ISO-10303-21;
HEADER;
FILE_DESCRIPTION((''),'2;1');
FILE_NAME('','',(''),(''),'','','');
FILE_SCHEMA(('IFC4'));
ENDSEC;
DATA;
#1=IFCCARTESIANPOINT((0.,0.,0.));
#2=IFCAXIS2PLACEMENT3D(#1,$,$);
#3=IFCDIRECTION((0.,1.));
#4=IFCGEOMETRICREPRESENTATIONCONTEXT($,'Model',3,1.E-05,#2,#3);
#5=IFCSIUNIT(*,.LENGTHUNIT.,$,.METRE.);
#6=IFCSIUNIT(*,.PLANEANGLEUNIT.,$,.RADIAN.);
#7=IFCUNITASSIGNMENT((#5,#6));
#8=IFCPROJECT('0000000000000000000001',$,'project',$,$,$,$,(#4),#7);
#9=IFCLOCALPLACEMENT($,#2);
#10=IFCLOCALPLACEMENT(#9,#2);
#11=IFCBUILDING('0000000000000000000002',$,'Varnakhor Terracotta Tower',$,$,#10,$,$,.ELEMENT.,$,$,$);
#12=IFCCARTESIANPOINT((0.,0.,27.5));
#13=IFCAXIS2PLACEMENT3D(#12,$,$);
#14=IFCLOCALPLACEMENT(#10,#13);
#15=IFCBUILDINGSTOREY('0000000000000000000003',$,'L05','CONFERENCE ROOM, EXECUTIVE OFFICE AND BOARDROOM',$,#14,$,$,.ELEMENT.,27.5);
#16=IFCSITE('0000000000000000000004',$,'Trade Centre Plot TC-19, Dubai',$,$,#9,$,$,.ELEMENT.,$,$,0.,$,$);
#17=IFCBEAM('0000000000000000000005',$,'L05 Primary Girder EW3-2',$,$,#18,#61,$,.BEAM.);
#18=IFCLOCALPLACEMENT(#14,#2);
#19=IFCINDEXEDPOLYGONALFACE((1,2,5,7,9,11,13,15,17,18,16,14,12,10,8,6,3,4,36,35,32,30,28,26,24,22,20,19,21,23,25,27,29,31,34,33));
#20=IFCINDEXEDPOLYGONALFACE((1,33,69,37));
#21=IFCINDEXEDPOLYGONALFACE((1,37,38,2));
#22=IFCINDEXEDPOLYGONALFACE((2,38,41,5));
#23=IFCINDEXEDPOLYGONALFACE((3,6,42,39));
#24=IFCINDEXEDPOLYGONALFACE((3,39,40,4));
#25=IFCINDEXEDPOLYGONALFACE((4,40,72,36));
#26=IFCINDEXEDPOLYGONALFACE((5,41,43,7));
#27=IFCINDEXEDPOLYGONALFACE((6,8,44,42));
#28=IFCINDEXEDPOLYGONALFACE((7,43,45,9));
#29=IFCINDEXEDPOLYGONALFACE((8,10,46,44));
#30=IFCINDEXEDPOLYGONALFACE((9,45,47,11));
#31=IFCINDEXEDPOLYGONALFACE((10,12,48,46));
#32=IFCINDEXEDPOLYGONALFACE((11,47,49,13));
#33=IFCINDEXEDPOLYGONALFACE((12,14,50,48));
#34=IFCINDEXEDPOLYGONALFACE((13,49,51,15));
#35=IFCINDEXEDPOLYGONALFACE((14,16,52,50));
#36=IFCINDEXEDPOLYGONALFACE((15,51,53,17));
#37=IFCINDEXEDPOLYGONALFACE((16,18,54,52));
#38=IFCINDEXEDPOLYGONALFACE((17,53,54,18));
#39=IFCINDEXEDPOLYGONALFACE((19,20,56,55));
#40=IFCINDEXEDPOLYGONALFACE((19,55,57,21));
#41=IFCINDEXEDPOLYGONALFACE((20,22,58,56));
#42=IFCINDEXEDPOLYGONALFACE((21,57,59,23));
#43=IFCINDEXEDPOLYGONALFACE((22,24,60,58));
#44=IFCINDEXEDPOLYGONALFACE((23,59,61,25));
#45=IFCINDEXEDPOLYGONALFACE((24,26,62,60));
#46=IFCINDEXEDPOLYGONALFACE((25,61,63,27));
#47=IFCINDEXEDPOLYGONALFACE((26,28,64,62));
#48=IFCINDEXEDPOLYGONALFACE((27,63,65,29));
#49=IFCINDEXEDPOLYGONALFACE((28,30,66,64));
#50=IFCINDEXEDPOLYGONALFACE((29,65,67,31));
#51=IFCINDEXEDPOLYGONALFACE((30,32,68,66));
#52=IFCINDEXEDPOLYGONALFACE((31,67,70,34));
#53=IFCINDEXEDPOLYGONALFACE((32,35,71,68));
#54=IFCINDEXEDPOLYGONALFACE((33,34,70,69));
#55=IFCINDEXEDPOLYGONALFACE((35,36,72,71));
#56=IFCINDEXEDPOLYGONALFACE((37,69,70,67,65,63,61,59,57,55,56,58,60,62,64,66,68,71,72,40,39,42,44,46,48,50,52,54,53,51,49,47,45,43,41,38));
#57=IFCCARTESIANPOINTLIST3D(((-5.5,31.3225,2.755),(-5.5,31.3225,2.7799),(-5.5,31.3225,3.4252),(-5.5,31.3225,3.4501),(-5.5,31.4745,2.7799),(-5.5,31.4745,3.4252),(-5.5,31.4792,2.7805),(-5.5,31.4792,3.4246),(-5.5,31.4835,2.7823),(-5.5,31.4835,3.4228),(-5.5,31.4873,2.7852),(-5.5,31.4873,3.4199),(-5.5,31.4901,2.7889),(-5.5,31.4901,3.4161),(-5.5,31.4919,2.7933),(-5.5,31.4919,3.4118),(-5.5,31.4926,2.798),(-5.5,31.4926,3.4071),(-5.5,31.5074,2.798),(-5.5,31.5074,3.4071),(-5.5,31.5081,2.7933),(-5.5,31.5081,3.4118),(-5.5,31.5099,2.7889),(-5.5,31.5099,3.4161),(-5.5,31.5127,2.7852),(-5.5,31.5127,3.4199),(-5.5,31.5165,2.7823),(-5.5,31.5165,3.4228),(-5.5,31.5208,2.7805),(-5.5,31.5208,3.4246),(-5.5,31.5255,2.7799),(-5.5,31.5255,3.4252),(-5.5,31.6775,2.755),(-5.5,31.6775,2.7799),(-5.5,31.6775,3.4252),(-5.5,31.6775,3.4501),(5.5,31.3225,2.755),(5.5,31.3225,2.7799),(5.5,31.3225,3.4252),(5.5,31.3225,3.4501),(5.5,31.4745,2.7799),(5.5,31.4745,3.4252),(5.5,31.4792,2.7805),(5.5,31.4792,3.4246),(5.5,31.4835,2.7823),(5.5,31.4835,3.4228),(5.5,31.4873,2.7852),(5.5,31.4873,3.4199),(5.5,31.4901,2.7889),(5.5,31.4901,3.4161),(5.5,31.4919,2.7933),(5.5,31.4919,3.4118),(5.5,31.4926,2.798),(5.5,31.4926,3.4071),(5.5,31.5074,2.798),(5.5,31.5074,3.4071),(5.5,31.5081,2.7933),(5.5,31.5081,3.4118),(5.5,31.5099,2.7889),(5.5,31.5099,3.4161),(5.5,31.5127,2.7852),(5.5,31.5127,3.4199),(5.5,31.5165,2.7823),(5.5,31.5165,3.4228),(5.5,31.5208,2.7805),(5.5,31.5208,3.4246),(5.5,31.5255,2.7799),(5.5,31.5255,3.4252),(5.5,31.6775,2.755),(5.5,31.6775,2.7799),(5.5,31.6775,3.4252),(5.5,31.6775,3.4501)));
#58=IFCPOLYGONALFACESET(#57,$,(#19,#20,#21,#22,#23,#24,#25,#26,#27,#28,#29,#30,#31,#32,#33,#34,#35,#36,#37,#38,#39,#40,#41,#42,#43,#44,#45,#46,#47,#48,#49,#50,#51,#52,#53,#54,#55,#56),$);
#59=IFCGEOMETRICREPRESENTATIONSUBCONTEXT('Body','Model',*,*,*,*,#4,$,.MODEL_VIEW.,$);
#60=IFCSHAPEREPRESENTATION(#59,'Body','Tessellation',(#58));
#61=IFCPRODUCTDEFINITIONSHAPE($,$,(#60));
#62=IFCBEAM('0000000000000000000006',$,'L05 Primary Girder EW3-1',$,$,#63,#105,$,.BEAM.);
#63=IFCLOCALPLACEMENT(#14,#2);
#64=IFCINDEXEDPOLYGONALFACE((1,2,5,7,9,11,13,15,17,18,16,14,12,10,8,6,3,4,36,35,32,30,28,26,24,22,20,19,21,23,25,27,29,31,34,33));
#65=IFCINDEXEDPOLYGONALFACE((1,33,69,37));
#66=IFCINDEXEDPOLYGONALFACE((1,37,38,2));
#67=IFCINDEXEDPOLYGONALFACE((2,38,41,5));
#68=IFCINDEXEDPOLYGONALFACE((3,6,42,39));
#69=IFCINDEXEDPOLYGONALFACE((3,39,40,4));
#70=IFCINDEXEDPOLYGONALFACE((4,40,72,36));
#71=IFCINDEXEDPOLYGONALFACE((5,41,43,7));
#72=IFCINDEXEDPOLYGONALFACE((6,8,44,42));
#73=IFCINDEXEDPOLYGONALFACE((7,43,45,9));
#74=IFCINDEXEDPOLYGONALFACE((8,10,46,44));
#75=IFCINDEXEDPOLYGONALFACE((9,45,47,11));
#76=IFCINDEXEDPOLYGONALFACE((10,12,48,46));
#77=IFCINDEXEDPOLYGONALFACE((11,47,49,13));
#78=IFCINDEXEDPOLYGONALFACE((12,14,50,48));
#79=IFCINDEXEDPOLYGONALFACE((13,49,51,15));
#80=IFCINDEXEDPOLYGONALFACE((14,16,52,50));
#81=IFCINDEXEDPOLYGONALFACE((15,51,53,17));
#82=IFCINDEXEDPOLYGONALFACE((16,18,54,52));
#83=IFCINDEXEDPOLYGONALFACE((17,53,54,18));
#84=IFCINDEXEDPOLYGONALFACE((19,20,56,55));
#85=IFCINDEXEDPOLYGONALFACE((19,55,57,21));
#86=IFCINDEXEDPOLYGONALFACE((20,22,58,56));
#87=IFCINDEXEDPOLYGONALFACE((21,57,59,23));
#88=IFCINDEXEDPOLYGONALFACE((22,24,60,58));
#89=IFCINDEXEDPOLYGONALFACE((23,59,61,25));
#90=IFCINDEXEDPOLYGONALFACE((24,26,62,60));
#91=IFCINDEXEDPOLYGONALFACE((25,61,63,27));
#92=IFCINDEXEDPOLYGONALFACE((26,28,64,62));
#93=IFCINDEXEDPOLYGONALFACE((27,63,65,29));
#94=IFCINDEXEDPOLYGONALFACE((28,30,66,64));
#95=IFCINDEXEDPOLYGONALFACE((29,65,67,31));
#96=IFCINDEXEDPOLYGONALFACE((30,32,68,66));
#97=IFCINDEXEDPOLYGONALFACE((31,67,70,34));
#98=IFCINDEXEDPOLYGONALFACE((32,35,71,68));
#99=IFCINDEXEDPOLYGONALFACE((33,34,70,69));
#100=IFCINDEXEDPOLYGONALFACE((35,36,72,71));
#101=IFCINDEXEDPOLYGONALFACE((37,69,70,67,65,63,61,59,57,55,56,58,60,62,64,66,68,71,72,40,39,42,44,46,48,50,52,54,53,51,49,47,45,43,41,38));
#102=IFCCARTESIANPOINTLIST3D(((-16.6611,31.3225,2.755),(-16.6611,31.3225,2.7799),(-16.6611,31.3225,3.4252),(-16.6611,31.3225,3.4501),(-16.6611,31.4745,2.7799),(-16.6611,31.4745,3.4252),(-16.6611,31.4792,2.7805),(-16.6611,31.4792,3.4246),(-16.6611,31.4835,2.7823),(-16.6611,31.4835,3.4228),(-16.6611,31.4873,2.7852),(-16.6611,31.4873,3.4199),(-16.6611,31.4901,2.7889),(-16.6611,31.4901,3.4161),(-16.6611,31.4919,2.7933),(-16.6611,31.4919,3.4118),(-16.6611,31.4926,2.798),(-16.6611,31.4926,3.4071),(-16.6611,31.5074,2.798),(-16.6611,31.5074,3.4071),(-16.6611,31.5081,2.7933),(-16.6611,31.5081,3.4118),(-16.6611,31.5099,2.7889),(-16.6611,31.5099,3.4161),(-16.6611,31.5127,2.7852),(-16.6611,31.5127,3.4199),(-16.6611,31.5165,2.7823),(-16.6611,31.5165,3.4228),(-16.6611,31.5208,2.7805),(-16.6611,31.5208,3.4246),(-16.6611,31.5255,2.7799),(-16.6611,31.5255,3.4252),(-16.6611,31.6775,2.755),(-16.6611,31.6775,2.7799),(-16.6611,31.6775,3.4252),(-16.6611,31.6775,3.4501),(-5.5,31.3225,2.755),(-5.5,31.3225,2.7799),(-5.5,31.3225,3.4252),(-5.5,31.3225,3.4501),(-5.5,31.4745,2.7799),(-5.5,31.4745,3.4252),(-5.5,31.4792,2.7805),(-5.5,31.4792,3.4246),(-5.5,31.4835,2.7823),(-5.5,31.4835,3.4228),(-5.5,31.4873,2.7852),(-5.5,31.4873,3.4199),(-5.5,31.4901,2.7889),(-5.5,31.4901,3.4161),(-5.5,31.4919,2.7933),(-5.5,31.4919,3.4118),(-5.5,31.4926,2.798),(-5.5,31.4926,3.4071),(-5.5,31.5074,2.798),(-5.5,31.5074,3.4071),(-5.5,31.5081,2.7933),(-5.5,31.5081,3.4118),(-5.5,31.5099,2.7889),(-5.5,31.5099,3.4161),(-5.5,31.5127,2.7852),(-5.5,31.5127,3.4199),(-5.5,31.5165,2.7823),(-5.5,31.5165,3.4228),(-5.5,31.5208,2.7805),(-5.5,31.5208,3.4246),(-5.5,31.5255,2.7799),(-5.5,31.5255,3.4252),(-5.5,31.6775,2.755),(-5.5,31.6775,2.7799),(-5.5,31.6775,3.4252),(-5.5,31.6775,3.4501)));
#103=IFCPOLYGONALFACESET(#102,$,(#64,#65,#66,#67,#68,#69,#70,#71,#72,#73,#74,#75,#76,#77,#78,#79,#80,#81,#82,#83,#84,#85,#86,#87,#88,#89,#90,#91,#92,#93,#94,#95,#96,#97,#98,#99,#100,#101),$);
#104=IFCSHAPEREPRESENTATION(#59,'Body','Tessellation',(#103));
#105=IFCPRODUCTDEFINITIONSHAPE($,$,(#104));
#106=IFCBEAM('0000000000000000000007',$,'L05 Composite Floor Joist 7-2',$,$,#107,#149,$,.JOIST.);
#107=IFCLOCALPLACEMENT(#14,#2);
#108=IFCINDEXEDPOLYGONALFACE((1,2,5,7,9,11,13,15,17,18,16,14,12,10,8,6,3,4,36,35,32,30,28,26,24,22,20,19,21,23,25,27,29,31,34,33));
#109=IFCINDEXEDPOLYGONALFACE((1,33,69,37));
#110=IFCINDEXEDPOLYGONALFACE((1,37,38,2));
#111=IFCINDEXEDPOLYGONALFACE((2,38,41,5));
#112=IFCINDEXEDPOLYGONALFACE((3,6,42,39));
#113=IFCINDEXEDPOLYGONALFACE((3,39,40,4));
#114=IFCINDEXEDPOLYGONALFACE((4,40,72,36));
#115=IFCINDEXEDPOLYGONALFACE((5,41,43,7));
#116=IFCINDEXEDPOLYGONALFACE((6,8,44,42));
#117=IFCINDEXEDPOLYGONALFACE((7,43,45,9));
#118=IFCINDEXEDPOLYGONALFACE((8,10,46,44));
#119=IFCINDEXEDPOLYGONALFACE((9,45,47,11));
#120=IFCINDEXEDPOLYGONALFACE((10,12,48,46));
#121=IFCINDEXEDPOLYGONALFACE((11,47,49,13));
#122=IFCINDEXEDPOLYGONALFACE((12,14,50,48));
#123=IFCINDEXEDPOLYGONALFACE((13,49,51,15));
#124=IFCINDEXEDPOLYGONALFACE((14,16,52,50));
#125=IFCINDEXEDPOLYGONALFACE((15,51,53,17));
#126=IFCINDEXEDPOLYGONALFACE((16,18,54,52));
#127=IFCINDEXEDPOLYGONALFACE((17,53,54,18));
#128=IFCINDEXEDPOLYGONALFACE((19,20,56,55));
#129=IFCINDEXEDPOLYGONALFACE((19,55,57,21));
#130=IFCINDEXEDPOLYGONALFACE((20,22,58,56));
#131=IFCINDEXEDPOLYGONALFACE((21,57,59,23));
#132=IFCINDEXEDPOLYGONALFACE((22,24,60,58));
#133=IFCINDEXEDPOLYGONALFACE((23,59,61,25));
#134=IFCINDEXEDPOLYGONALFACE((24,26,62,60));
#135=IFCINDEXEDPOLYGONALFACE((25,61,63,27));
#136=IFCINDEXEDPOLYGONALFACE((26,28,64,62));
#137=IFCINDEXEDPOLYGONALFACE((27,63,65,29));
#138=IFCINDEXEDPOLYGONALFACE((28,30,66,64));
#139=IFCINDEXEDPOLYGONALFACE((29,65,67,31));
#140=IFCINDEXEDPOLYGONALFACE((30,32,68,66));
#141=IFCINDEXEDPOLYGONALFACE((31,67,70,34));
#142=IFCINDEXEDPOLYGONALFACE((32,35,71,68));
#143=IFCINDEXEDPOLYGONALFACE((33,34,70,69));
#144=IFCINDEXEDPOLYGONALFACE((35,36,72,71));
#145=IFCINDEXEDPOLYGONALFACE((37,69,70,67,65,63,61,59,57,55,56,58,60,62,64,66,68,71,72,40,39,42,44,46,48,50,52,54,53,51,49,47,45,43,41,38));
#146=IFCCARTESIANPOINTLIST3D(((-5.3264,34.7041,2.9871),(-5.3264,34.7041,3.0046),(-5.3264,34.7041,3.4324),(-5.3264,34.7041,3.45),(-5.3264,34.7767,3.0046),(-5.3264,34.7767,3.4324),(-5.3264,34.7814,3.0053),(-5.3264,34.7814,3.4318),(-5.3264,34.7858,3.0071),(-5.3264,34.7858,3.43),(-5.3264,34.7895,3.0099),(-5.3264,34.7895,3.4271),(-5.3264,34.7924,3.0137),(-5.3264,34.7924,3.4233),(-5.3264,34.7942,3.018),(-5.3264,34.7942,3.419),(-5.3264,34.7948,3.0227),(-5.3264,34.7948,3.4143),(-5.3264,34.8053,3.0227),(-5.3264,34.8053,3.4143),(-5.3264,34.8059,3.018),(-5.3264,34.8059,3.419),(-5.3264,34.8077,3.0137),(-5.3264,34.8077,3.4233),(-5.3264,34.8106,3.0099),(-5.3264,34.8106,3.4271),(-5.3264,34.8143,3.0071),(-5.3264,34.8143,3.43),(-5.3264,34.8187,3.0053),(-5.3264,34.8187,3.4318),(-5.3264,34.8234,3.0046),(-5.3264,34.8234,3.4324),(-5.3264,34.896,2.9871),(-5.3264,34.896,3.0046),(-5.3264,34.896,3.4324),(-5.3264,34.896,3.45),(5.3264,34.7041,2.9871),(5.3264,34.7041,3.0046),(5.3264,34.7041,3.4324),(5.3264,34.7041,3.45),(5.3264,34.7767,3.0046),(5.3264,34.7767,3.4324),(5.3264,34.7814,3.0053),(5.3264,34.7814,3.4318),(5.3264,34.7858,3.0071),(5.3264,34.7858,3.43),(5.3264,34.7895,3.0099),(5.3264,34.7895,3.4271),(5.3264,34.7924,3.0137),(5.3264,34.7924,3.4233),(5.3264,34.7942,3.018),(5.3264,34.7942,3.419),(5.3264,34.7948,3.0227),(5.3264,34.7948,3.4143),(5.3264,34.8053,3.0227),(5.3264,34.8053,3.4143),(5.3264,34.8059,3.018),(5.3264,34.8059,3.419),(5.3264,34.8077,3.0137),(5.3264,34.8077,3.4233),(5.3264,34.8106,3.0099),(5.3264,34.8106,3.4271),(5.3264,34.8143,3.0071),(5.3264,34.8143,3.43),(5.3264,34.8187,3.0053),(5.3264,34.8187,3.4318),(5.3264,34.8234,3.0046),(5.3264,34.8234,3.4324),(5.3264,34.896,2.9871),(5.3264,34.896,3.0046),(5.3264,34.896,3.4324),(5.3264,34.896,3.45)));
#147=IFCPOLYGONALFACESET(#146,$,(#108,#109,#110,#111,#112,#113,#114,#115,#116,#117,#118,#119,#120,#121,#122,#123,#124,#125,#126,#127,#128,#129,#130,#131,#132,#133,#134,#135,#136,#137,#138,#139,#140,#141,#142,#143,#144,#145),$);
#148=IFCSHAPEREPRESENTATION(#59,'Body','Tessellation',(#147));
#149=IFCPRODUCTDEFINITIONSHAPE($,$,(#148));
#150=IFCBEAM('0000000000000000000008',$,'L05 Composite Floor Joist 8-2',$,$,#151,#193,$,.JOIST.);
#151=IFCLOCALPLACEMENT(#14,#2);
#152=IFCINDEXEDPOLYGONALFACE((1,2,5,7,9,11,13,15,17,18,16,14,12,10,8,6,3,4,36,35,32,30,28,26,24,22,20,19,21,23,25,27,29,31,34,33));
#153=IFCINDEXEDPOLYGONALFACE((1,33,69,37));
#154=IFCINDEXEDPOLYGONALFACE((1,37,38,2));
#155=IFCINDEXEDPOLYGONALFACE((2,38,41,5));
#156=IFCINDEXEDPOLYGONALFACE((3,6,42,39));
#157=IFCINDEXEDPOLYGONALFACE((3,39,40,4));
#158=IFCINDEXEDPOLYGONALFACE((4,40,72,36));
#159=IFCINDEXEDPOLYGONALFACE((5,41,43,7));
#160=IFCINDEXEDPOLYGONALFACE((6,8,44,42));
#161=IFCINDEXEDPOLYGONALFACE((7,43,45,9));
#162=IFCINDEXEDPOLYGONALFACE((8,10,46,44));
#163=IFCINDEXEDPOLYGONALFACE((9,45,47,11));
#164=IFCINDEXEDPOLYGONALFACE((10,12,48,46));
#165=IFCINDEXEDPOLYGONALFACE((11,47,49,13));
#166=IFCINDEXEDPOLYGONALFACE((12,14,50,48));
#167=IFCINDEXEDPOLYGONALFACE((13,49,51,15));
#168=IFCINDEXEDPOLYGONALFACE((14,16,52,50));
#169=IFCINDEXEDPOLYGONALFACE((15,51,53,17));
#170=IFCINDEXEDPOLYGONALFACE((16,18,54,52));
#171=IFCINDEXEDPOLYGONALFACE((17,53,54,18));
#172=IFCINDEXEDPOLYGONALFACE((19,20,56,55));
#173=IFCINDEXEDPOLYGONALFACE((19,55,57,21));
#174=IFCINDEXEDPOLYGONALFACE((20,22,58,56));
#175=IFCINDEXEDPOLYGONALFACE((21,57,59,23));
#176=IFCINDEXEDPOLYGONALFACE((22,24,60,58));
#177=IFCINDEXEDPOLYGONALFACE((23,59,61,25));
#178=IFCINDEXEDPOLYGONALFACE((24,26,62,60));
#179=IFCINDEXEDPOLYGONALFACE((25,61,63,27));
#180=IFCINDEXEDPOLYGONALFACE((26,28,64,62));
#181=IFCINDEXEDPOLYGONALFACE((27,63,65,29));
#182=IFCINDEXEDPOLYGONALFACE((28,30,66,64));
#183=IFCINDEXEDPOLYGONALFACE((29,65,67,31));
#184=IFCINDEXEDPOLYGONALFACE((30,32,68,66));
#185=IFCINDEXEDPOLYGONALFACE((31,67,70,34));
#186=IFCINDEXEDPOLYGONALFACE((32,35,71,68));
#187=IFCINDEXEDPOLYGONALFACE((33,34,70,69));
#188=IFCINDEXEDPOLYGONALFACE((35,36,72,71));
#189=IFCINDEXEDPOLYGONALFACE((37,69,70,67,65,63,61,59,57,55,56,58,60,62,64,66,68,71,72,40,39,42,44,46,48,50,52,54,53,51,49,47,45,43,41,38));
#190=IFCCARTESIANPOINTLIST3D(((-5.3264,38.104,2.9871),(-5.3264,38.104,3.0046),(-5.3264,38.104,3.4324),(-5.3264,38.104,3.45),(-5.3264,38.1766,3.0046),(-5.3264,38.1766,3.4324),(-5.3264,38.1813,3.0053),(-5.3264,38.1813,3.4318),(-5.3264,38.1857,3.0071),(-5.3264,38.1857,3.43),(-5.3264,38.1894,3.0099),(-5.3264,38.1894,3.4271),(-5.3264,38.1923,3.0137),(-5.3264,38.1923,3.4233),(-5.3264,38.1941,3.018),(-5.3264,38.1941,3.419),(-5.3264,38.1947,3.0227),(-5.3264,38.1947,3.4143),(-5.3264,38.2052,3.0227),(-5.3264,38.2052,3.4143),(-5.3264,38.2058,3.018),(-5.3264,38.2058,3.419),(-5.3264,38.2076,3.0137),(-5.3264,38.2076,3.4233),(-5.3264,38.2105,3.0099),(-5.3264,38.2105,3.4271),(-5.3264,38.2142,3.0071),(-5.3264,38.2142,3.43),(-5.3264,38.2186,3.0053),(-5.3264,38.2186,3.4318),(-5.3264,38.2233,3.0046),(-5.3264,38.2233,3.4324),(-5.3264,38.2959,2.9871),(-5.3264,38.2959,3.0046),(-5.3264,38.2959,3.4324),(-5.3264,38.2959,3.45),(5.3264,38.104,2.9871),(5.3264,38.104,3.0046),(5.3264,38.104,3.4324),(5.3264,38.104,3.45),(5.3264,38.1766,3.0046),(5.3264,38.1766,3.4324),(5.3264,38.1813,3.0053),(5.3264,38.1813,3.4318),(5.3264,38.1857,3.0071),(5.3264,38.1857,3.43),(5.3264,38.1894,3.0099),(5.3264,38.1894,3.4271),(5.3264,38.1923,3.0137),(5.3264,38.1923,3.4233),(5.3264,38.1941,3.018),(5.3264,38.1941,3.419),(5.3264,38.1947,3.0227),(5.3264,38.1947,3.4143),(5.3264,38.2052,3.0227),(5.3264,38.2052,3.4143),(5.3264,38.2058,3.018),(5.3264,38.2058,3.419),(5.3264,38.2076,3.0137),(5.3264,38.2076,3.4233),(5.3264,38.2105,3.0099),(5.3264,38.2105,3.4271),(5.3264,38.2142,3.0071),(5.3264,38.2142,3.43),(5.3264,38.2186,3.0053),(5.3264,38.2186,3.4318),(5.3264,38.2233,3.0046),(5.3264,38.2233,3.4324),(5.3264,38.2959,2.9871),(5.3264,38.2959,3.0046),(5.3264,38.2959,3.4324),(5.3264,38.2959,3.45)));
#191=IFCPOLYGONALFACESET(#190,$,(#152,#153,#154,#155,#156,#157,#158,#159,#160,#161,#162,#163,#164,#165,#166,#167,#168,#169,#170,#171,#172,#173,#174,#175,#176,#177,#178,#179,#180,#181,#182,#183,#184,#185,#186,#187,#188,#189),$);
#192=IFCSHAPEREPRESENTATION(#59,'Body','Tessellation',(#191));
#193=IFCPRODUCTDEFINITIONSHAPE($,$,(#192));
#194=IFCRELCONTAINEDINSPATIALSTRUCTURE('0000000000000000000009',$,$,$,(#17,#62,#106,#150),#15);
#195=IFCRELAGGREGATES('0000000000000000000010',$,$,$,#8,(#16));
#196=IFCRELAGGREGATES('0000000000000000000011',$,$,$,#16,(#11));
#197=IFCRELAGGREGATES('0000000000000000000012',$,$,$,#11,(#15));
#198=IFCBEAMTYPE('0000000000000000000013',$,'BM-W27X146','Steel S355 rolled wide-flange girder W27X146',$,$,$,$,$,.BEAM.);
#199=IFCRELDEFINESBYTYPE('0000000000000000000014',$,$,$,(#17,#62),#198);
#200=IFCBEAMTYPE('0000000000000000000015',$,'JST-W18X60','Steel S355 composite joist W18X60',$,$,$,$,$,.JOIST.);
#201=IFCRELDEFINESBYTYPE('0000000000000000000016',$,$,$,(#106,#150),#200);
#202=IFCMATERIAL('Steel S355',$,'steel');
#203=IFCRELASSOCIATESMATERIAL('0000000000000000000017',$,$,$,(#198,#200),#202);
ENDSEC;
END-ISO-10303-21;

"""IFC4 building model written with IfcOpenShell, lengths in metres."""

from ifc_helpers import new_model, si_unit, direction, frame, origin, origin_2d, place, context, subcontext, project, spatial, i_section, extrude, source, transform, mapped, material, material_profile, profile_set, type_object, element, save


model = new_model("IFC4")

# Units and contexts
model_context = context("Model", 3, precision=1e-05, world=origin(), true_north=direction((0.0, 1.0)))
body_context = subcontext(model_context, "Body", "Model", "MODEL_VIEW")
ifc_project = project(units=[si_unit("LENGTHUNIT", "METRE"), si_unit("PLANEANGLEUNIT", "RADIAN")], contexts=[model_context])

# Site, building, storey
site_placement = place(None, origin())
site = spatial("IfcSite", under=ifc_project, at=site_placement, Name="Trade Centre Plot TC-19, Dubai", CompositionType="ELEMENT", RefElevation=0.0)
building_placement = place(site_placement, origin())
building = spatial("IfcBuilding", under=site, at=building_placement, Name="Varnakhor Terracotta Tower", CompositionType="ELEMENT")
storey_placement = place(building_placement, frame((0.0, 0.0, 27.5)))
storey = spatial("IfcBuildingStorey", under=building, at=storey_placement, Name="L05", Description="CONFERENCE ROOM, EXECUTIVE OFFICE AND BOARDROOM", CompositionType="ELEMENT", Elevation=27.5)

# Beams
ifc_material_1 = material(Name="Steel S355", Category="steel")
ifc_material_profile_1 = material_profile(ifc_material_1, i_section(OverallWidth=0.355, OverallDepth=0.6951, WebThickness=0.0149, FlangeThickness=0.0249, FilletRadius=0.0181, at=origin_2d()), Name="W27X146")
ifc_profile_set_1 = profile_set([ifc_material_profile_1], Name="Steel S355")
beam_type_1 = type_object("IfcBeamType", Name="BM-W27X146", Description="Steel S355 rolled wide-flange girder W27X146", PredefinedType="BEAM", material=ifc_profile_set_1)
shared_shape_1 = source(origin(), body_context, "Body", "SweptSolid", [
    extrude(i_section(OverallWidth=0.355, OverallDepth=0.6951, WebThickness=0.0149, FlangeThickness=0.0249, FilletRadius=0.0181, at=origin_2d()), origin(), (0.0, 0.0, 1.0), 11.0),
])
beam_1_placement = place(storey_placement, frame((-5.5, 31.5, 3.1025), z_axis=(1.0, 0.0, 0.0), x_axis=(0.0, 1.0, 0.0)))
element("IfcBeam", 1, at=beam_1_placement, inside=storey, type_object=beam_type_1, Name="L05 Primary Girder EW3-2", PredefinedType="BEAM", context=body_context, shape_type="MappedRepresentation", body=[
    mapped(shared_shape_1, transform((0.0, 0.0, 0.0), scale=1.0)),
])
shared_shape_2 = source(origin(), body_context, "Body", "SweptSolid", [
    extrude(i_section(OverallWidth=0.355, OverallDepth=0.6951, WebThickness=0.0149, FlangeThickness=0.0249, FilletRadius=0.0181, at=origin_2d()), origin(), (0.0, 0.0, 1.0), 11.1611),
])
beam_2_placement = place(storey_placement, frame((-16.6611, 31.5, 3.1025), z_axis=(1.0, 0.0, 0.0), x_axis=(0.0, 1.0, 0.0)))
element("IfcBeam", 2, at=beam_2_placement, inside=storey, type_object=beam_type_1, Name="L05 Primary Girder EW3-1", PredefinedType="BEAM", context=body_context, shape_type="MappedRepresentation", body=[
    mapped(shared_shape_2, transform((0.0, 0.0, 0.0), scale=1.0)),
])
ifc_material_profile_2 = material_profile(ifc_material_1, i_section(OverallWidth=0.1919, OverallDepth=0.4629, WebThickness=0.0105, FlangeThickness=0.0176, FilletRadius=0.0181, at=origin_2d()), Name="W18X60")
ifc_profile_set_2 = profile_set([ifc_material_profile_2], Name="Steel S355")
beam_type_2 = type_object("IfcBeamType", Name="JST-W18X60", Description="Steel S355 composite joist W18X60", PredefinedType="JOIST", material=ifc_profile_set_2)
shared_shape_3 = source(origin(), body_context, "Body", "SweptSolid", [
    extrude(i_section(OverallWidth=0.1919, OverallDepth=0.4629, WebThickness=0.0105, FlangeThickness=0.0176, FilletRadius=0.0181, at=origin_2d()), origin(), (0.0, 0.0, 1.0), 10.6528),
])
for number, where, z_axis, x_axis, name in (
    (3, (-5.3264, 34.8, 3.2185), (1.0, 0.0, 0.0), (0.0, 1.0, 0.0), "L05 Composite Floor Joist 7-2"),
    (4, (-5.3264, 38.2, 3.2185), (1.0, 0.0, 0.0), (0.0, 1.0, 0.0), "L05 Composite Floor Joist 8-2"),
):
    element("IfcBeam", number, at=place(storey_placement, frame(where, z_axis=z_axis, x_axis=x_axis)), inside=storey, type_object=beam_type_2, Name=name, PredefinedType="JOIST", context=body_context, shape_type="MappedRepresentation", body=[
        mapped(shared_shape_3, transform((0.0, 0.0, 0.0), scale=1.0)),
    ])

save(model, "model.ifc")
